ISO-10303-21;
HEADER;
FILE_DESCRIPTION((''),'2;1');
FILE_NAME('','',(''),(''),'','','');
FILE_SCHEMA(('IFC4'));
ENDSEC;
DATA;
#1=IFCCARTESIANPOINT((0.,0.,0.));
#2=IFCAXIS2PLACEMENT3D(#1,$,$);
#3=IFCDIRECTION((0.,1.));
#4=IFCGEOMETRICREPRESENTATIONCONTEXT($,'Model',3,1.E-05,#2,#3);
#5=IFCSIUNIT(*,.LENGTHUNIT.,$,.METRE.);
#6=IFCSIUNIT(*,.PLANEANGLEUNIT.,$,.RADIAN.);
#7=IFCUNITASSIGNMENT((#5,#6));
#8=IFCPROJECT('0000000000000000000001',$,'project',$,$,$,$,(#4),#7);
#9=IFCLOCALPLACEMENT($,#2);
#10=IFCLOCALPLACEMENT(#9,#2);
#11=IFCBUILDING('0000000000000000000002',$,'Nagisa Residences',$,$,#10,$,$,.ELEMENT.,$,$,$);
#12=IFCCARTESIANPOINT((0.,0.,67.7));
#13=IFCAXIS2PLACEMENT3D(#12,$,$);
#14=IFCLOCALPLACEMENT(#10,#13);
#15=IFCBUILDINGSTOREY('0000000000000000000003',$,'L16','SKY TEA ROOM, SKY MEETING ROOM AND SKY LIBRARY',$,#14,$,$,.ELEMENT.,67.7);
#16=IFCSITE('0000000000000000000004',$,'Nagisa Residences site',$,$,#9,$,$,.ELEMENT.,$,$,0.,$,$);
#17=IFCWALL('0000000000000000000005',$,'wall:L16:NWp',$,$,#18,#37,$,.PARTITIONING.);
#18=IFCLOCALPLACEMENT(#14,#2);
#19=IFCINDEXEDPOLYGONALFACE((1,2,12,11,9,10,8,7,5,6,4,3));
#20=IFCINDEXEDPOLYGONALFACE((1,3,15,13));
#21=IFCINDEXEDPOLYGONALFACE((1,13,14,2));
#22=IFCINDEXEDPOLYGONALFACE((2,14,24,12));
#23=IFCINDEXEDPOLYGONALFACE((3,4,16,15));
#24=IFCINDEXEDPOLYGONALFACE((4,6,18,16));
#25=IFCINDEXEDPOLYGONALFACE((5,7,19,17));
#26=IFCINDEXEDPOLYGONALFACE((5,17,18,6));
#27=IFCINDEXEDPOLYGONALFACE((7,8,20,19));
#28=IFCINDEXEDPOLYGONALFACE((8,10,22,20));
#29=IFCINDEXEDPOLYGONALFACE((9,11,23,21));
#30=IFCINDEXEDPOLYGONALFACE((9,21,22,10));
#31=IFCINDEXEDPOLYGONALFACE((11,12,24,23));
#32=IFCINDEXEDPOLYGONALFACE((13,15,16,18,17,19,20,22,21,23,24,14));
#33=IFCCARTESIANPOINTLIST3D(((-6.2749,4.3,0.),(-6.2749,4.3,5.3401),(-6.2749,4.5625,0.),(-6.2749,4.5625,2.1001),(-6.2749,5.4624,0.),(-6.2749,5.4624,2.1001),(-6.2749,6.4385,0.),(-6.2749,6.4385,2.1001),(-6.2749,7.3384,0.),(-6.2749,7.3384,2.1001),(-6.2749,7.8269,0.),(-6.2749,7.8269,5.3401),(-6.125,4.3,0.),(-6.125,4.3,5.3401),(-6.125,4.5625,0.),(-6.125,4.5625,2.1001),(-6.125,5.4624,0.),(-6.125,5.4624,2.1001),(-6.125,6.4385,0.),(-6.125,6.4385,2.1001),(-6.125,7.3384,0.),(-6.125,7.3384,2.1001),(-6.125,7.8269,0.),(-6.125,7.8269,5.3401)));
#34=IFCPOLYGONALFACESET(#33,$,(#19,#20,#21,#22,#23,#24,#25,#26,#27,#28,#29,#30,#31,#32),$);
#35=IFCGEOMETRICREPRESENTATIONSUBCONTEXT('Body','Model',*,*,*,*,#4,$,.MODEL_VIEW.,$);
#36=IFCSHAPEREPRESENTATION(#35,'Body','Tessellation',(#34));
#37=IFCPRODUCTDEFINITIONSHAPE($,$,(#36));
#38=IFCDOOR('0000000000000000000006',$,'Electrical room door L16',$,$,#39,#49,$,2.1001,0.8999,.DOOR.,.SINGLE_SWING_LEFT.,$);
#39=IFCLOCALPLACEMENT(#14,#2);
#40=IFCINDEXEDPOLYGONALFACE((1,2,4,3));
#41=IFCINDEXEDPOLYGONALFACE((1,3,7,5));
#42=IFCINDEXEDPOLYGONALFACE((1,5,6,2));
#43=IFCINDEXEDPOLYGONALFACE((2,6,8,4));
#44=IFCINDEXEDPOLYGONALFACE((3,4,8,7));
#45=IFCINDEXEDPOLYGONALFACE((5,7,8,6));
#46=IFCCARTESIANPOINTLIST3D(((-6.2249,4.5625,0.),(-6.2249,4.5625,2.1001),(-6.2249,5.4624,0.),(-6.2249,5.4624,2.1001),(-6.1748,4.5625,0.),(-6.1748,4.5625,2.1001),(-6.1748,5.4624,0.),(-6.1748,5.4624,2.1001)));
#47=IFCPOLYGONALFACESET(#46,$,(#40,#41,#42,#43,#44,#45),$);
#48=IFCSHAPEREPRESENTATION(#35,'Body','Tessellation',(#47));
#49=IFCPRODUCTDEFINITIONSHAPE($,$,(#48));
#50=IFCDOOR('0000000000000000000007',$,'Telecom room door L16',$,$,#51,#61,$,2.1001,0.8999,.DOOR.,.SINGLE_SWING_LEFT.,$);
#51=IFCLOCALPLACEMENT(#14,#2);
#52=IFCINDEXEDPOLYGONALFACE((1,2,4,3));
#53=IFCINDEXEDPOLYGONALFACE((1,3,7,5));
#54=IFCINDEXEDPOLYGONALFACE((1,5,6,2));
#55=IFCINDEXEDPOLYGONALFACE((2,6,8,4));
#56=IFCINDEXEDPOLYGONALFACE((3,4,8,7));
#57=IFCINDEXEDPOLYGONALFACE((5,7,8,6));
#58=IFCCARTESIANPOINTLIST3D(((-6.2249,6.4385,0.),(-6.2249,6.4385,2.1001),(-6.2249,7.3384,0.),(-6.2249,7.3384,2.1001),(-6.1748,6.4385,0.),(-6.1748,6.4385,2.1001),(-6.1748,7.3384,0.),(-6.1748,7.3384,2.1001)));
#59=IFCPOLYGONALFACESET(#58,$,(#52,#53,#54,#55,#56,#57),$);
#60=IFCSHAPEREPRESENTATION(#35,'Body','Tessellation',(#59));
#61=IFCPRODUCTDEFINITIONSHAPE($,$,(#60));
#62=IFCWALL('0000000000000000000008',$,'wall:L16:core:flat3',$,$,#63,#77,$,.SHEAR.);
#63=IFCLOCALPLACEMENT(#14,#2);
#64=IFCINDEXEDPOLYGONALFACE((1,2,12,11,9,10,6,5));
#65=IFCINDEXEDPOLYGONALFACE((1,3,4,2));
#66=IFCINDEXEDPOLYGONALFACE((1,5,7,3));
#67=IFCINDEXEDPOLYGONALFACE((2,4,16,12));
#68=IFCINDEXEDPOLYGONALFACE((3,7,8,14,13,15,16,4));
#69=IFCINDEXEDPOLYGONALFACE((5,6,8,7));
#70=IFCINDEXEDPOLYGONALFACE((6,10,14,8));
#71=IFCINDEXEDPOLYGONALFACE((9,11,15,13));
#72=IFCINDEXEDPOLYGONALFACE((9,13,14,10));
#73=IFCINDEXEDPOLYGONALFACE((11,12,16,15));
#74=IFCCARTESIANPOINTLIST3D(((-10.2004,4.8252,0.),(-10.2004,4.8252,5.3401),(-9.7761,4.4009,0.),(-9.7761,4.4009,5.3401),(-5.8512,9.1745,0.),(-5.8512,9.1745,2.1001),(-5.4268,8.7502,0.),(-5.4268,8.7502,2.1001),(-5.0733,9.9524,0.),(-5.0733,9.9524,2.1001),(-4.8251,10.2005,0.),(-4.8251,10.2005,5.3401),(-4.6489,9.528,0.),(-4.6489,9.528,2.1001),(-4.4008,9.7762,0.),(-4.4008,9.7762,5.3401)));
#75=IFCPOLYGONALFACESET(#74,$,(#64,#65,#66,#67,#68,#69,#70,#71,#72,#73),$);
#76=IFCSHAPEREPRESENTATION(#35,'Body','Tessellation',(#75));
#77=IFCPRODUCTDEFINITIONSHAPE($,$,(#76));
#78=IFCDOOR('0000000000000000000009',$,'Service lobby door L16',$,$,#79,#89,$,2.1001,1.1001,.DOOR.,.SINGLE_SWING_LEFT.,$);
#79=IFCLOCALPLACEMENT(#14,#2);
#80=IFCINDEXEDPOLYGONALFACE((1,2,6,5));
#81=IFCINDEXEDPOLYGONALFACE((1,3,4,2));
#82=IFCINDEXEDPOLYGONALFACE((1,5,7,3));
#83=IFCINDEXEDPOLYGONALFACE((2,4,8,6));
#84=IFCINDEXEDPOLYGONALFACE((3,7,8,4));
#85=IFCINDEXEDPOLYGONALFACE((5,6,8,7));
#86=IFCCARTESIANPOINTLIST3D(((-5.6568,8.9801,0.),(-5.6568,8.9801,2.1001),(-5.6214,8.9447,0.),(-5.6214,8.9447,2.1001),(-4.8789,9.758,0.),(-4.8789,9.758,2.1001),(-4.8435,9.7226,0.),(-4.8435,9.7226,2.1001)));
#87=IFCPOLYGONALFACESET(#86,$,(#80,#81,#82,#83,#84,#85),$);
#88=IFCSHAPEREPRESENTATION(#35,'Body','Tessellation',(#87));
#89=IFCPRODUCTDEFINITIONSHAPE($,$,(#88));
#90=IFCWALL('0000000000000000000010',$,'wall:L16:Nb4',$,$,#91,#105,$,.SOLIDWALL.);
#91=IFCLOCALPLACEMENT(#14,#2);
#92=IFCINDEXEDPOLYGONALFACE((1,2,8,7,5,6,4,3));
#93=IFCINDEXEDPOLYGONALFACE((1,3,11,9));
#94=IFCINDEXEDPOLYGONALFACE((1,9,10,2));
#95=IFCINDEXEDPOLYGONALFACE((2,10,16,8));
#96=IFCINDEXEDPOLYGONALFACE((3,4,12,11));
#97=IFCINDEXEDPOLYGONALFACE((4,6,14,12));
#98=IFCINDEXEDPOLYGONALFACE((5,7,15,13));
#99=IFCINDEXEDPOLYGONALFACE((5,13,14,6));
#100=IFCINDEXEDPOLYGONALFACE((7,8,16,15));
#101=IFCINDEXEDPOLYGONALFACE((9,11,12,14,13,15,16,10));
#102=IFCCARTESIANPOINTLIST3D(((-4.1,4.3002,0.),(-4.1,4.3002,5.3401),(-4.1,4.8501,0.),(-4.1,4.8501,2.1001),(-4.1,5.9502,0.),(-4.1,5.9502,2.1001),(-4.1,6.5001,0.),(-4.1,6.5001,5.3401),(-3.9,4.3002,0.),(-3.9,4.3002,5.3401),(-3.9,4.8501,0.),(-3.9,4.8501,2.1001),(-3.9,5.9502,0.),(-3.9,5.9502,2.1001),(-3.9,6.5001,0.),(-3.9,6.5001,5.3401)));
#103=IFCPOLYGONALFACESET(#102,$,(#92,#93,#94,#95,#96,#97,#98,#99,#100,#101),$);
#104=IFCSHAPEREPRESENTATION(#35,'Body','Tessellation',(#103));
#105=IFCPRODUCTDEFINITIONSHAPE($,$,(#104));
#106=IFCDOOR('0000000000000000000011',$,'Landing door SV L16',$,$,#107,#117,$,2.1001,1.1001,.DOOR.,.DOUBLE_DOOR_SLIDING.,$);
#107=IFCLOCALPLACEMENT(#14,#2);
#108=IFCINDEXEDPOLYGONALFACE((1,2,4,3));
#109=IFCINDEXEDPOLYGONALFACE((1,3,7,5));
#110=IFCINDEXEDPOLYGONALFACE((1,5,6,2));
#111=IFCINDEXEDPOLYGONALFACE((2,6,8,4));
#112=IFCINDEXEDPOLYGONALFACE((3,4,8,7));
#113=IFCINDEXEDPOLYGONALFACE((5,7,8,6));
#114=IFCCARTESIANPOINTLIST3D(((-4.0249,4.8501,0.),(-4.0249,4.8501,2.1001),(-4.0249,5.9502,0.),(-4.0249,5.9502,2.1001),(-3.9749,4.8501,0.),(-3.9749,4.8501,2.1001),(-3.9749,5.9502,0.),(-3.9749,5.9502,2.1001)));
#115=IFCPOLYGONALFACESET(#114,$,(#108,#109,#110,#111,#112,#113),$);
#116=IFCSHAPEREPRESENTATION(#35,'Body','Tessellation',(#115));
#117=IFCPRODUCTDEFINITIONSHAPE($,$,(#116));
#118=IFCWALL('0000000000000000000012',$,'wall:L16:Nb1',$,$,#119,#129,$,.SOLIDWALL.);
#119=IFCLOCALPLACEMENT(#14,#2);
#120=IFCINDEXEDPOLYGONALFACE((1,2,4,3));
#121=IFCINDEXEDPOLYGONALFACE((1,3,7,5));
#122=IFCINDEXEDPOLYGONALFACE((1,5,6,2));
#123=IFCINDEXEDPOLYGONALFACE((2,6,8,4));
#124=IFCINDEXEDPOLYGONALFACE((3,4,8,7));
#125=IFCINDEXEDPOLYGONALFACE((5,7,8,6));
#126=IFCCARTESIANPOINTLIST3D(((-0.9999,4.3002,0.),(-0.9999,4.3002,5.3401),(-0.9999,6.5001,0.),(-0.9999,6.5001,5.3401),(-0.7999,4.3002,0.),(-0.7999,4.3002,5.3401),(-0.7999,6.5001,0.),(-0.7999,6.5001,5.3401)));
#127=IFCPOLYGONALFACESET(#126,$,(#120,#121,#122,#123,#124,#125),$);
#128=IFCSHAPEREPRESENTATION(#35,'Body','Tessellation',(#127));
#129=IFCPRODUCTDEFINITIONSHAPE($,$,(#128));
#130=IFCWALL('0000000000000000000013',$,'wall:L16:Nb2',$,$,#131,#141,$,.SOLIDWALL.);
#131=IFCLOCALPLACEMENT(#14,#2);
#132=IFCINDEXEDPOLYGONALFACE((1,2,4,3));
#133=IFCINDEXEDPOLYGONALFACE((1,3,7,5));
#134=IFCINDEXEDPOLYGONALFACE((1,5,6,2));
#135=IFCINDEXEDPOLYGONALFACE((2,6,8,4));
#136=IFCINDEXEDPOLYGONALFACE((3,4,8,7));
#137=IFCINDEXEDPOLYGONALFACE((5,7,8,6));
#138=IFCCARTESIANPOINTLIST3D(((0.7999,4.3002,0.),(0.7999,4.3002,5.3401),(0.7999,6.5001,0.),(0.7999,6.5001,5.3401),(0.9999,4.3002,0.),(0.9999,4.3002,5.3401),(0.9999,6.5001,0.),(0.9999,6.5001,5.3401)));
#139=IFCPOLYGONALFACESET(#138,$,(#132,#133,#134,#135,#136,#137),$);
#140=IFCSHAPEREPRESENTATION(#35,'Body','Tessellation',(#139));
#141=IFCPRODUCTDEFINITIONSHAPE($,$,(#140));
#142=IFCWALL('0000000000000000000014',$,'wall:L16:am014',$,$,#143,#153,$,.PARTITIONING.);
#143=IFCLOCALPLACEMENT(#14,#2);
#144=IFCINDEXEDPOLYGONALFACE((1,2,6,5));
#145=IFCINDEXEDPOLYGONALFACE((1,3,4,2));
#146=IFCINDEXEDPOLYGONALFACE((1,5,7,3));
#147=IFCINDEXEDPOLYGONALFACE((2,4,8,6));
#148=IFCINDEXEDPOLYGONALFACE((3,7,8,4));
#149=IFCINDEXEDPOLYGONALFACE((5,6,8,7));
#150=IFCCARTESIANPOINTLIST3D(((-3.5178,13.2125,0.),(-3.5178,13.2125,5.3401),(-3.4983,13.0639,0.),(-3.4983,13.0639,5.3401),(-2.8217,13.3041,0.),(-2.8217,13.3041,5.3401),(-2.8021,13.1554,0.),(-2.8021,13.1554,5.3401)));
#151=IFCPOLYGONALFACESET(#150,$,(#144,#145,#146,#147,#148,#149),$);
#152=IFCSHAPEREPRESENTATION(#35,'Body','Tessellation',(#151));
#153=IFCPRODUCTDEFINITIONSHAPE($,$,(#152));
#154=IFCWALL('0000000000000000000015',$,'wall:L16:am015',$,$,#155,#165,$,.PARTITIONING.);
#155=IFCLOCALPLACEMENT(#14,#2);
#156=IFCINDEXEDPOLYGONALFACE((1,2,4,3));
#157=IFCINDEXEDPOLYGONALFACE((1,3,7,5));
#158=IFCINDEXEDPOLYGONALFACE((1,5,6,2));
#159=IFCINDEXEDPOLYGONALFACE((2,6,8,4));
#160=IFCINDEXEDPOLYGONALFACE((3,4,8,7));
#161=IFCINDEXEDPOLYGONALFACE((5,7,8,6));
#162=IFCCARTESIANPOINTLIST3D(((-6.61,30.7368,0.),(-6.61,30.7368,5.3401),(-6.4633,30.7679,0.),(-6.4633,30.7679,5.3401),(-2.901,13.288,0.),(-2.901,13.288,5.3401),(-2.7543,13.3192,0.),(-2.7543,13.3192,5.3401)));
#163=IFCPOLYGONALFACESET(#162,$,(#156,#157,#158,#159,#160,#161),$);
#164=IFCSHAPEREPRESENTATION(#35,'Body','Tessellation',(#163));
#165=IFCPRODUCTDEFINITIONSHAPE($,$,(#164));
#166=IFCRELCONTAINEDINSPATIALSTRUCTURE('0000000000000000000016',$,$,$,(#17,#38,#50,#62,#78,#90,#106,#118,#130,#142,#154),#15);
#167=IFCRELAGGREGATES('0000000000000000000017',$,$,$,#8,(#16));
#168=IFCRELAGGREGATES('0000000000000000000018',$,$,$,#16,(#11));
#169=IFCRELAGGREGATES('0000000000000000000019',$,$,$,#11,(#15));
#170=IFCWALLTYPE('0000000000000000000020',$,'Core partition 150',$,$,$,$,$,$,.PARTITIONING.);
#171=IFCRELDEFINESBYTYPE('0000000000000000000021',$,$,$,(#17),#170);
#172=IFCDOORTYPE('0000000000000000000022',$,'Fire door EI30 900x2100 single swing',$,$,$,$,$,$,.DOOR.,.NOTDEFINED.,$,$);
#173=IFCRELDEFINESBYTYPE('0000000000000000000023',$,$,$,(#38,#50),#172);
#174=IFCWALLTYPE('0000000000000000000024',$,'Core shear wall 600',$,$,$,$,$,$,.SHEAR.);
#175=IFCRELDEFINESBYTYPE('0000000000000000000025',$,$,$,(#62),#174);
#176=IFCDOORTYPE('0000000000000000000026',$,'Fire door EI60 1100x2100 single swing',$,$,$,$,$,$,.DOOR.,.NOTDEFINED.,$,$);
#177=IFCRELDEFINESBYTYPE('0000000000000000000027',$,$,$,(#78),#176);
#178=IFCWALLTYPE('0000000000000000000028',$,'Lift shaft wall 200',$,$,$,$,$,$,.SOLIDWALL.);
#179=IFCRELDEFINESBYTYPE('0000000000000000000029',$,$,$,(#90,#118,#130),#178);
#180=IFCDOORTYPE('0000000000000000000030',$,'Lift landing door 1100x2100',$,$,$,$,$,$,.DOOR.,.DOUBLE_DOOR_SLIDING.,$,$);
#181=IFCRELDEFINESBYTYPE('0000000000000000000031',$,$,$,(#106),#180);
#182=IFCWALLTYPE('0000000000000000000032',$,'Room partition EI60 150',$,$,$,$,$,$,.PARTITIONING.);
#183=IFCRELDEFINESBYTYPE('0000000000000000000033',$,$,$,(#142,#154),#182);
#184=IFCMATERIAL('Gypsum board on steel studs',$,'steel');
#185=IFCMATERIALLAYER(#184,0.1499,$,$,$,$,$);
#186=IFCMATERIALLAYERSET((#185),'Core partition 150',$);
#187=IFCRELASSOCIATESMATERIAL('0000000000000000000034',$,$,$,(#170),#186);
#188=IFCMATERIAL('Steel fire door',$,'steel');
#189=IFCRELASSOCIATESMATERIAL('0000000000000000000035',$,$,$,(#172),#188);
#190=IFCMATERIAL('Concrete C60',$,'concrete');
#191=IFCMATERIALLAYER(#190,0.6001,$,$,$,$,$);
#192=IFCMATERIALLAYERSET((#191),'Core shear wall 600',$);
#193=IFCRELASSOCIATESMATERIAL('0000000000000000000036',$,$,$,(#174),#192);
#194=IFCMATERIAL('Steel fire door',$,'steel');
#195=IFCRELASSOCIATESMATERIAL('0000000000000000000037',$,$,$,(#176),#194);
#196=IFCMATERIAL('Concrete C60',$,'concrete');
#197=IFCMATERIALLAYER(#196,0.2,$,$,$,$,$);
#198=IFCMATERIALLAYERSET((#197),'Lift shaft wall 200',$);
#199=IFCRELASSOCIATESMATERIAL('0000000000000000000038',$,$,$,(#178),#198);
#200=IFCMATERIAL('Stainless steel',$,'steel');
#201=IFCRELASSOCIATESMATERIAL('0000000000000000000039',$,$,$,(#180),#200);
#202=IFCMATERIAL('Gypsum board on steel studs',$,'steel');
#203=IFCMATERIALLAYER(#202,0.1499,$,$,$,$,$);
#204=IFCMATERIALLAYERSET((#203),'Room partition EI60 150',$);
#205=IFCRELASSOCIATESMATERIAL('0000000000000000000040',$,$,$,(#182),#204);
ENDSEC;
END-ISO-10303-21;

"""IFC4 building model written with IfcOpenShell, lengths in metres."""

from ifc_helpers import new_model, si_unit, direction, frame, frame_2d, origin, place, context, subcontext, project, spatial, rectangle, extrude, material, layer, layer_set, type_object, element, fill, save


model = new_model("IFC4")

# Units and contexts
model_context = context("Model", 3, precision=1e-05, world=origin(), true_north=direction((0.0, 1.0)))
body_context = subcontext(model_context, "Body", "Model", "MODEL_VIEW")
ifc_project = project(units=[si_unit("LENGTHUNIT", "METRE"), si_unit("PLANEANGLEUNIT", "RADIAN")], contexts=[model_context])

# Site, building, storey
site_placement = place(None, origin())
site = spatial("IfcSite", under=ifc_project, at=site_placement, Name="Nagisa Residences site", CompositionType="ELEMENT", RefElevation=0.0)
building_placement = place(site_placement, origin())
building = spatial("IfcBuilding", under=site, at=building_placement, Name="Nagisa Residences", CompositionType="ELEMENT")
storey_placement = place(building_placement, frame((0.0, 0.0, 67.7)))
storey = spatial("IfcBuildingStorey", under=building, at=storey_placement, Name="L16", Description="SKY TEA ROOM, SKY MEETING ROOM AND SKY LIBRARY", CompositionType="ELEMENT", Elevation=67.7)

# Wall, openings, doors
ifc_material_1 = material(Name="Gypsum board on steel studs", Category="steel")
ifc_layer_1 = layer(ifc_material_1, 0.1499)
ifc_layer_set_1 = layer_set([ifc_layer_1], Name="Core partition 150")
wall_type_1 = type_object("IfcWallType", Name="Core partition 150", PredefinedType="PARTITIONING", material=ifc_layer_set_1)
wall_1_placement = place(storey_placement, frame((-6.2, 4.3, 0.0), z_axis=(0.0, 0.0, 1.0), x_axis=(0.0, 1.0, 0.0)))
wall_1 = element("IfcWall", 1, at=wall_1_placement, inside=storey, type_object=wall_type_1, Name="wall:L16:NWp", PredefinedType="PARTITIONING", context=body_context, shape_type="SweptSolid", body=[
    extrude(rectangle(XDim=3.5269, YDim=0.1499, at=frame_2d((1.7634, 0.0))), origin(), (0.0, 0.0, 1.0), 5.3401),
])
opening_1_placement = place(wall_1_placement, frame((0.2625, 0.0, 0.0)))
opening_1 = element("IfcOpeningElement", 2, at=opening_1_placement, cuts=wall_1, PredefinedType="OPENING", context=body_context, shape_type="SweptSolid", body=[
    extrude(rectangle(XDim=0.8999, YDim=2.1001, at=frame_2d((0.45, 1.05))), frame((0.0, 0.085, 0.0), z_axis=(0.0, -1.0, 0.0), x_axis=(1.0, 0.0, 0.0)), (0.0, 0.0, 1.0), 0.1699),
])
opening_2_placement = place(wall_1_placement, frame((2.1384, 0.0, 0.0)))
opening_2 = element("IfcOpeningElement", 3, at=opening_2_placement, cuts=wall_1, PredefinedType="OPENING", context=body_context, shape_type="SweptSolid", body=[
    extrude(rectangle(XDim=0.8999, YDim=2.1001, at=frame_2d((0.45, 1.05))), frame((0.0, 0.085, 0.0), z_axis=(0.0, -1.0, 0.0), x_axis=(1.0, 0.0, 0.0)), (0.0, 0.0, 1.0), 0.1699),
])
ifc_material_2 = material(Name="Steel fire door", Category="steel")
door_type_1 = type_object("IfcDoorType", Name="Fire door EI30 900x2100 single swing", OperationType="NOTDEFINED", PredefinedType="DOOR", material=ifc_material_2)
door_1_placement = place(opening_1_placement, origin())
door_1 = element("IfcDoor", 4, at=door_1_placement, inside=storey, type_object=door_type_1, Name="Electrical room door L16", OperationType="SINGLE_SWING_LEFT", OverallHeight=2.1001, OverallWidth=0.8999, PredefinedType="DOOR", context=body_context, shape_type="SweptSolid", body=[
    extrude(rectangle(XDim=0.8999, YDim=2.1001, at=frame_2d((0.45, 1.05))), frame((0.0, 0.0249, 0.0), z_axis=(0.0, -1.0, 0.0), x_axis=(1.0, 0.0, 0.0)), (0.0, 0.0, 1.0), 0.05),
])
fill(opening_1, door_1)
door_2_placement = place(opening_2_placement, origin())
door_2 = element("IfcDoor", 5, at=door_2_placement, inside=storey, type_object=door_type_1, Name="Telecom room door L16", OperationType="SINGLE_SWING_LEFT", OverallHeight=2.1001, OverallWidth=0.8999, PredefinedType="DOOR", context=body_context, shape_type="SweptSolid", body=[
    extrude(rectangle(XDim=0.8999, YDim=2.1001, at=frame_2d((0.45, 1.05))), frame((0.0, 0.0249, 0.0), z_axis=(0.0, -1.0, 0.0), x_axis=(1.0, 0.0, 0.0)), (0.0, 0.0, 1.0), 0.05),
])
fill(opening_2, door_2)

# Walls, openings, doors
ifc_material_3 = material(Name="Concrete C60", Category="concrete")
ifc_layer_2 = layer(ifc_material_3, 0.6001)
ifc_layer_set_2 = layer_set([ifc_layer_2], Name="Core shear wall 600")
wall_type_2 = type_object("IfcWallType", Name="Core shear wall 600", PredefinedType="SHEAR", material=ifc_layer_set_2)
wall_2_placement = place(storey_placement, frame((-4.613, 9.9883, 0.0), z_axis=(0.0, 0.0, 1.0), x_axis=(-0.707107, -0.707107, 0.0)))
wall_2 = element("IfcWall", 6, at=wall_2_placement, inside=storey, type_object=wall_type_2, Name="wall:L16:core:flat3", PredefinedType="SHEAR", context=body_context, shape_type="SweptSolid", body=[
    extrude(rectangle(XDim=7.6018, YDim=0.6001, at=frame_2d((3.8008, 0.0))), origin(), (0.0, 0.0, 1.0), 5.3401),
])
opening_3_placement = place(wall_2_placement, frame((0.3508, 0.0, 0.0)))
opening_3 = element("IfcOpeningElement", 7, at=opening_3_placement, cuts=wall_2, PredefinedType="OPENING", context=body_context, shape_type="SweptSolid", body=[
    extrude(rectangle(XDim=1.1001, YDim=2.1001, at=frame_2d((0.55, 1.05))), frame((0.0, 0.3101, 0.0), z_axis=(0.0, -1.0, 0.0), x_axis=(1.0, 0.0, 0.0)), (0.0, 0.0, 1.0), 0.6201),
])
ifc_material_4 = material(Name="Steel fire door", Category="steel")
door_type_2 = type_object("IfcDoorType", Name="Fire door EI60 1100x2100 single swing", OperationType="NOTDEFINED", PredefinedType="DOOR", material=ifc_material_4)
door_3_placement = place(opening_3_placement, origin())
door_3 = element("IfcDoor", 8, at=door_3_placement, inside=storey, type_object=door_type_2, Name="Service lobby door L16", OperationType="SINGLE_SWING_LEFT", OverallHeight=2.1001, OverallWidth=1.1001, PredefinedType="DOOR", context=body_context, shape_type="SweptSolid", body=[
    extrude(rectangle(XDim=1.1001, YDim=2.1001, at=frame_2d((0.55, 1.05))), frame((0.0, 0.0249, 0.0), z_axis=(0.0, -1.0, 0.0), x_axis=(1.0, 0.0, 0.0)), (0.0, 0.0, 1.0), 0.05),
])
fill(opening_3, door_3)
ifc_material_5 = material(Name="Concrete C60", Category="concrete")
ifc_layer_3 = layer(ifc_material_5, 0.2)
ifc_layer_set_3 = layer_set([ifc_layer_3], Name="Lift shaft wall 200")
wall_type_3 = type_object("IfcWallType", Name="Lift shaft wall 200", PredefinedType="SOLIDWALL", material=ifc_layer_set_3)
wall_3_placement = place(storey_placement, frame((-4.0, 4.3, 0.0), z_axis=(0.0, 0.0, 1.0), x_axis=(0.0, 1.0, 0.0)))
wall_3 = element("IfcWall", 9, at=wall_3_placement, inside=storey, type_object=wall_type_3, Name="wall:L16:Nb4", PredefinedType="SOLIDWALL", context=body_context, shape_type="SweptSolid", body=[
    extrude(rectangle(XDim=2.2, YDim=0.2, at=frame_2d((1.1001, 0.0))), origin(), (0.0, 0.0, 1.0), 5.3401),
])
opening_4_placement = place(wall_3_placement, frame((0.55, 0.0, 0.0)))
opening_4 = element("IfcOpeningElement", 10, at=opening_4_placement, cuts=wall_3, PredefinedType="OPENING", context=body_context, shape_type="SweptSolid", body=[
    extrude(rectangle(XDim=1.1001, YDim=2.1001, at=frame_2d((0.55, 1.05))), frame((0.0, 0.1099, 0.0), z_axis=(0.0, -1.0, 0.0), x_axis=(1.0, 0.0, 0.0)), (0.0, 0.0, 1.0), 0.22),
])
ifc_material_6 = material(Name="Stainless steel", Category="steel")
door_type_3 = type_object("IfcDoorType", Name="Lift landing door 1100x2100", OperationType="DOUBLE_DOOR_SLIDING", PredefinedType="DOOR", material=ifc_material_6)
door_4_placement = place(opening_4_placement, origin())
door_4 = element("IfcDoor", 11, at=door_4_placement, inside=storey, type_object=door_type_3, Name="Landing door SV L16", OperationType="DOUBLE_DOOR_SLIDING", OverallHeight=2.1001, OverallWidth=1.1001, PredefinedType="DOOR", context=body_context, shape_type="SweptSolid", body=[
    extrude(rectangle(XDim=1.1001, YDim=2.1001, at=frame_2d((0.55, 1.05))), frame((0.0, 0.0249, 0.0), z_axis=(0.0, -1.0, 0.0), x_axis=(1.0, 0.0, 0.0)), (0.0, 0.0, 1.0), 0.05),
])
fill(opening_4, door_4)

# Walls
for number, where, z_axis, x_axis, name in (
    (12, (-0.8999, 4.3, 0.0), (0.0, 0.0, 1.0), (0.0, 1.0, 0.0), "wall:L16:Nb1"),
    (13, (0.8999, 4.3, 0.0), (0.0, 0.0, 1.0), (0.0, 1.0, 0.0), "wall:L16:Nb2"),
):
    element("IfcWall", number, at=place(storey_placement, frame(where, z_axis=z_axis, x_axis=x_axis)), inside=storey, type_object=wall_type_3, Name=name, PredefinedType="SOLIDWALL", context=body_context, shape_type="SweptSolid", body=[
        extrude(rectangle(XDim=2.2, YDim=0.2, at=frame_2d((1.1001, 0.0))), origin(), (0.0, 0.0, 1.0), 5.3401),
    ])
ifc_material_7 = material(Name="Gypsum board on steel studs", Category="steel")
ifc_layer_4 = layer(ifc_material_7, 0.1499)
ifc_layer_set_4 = layer_set([ifc_layer_4], Name="Room partition EI60 150")
wall_type_4 = type_object("IfcWallType", Name="Room partition EI60 150", PredefinedType="PARTITIONING", material=ifc_layer_set_4)
wall_4_placement = place(storey_placement, frame((-3.5081, 13.1382, 0.0), z_axis=(0.0, 0.0, 1.0), x_axis=(0.99146, 0.13041, 0.0)))
element("IfcWall", 14, at=wall_4_placement, inside=storey, type_object=wall_type_4, Name="wall:L16:am014", PredefinedType="PARTITIONING", context=body_context, shape_type="SweptSolid", body=[
    extrude(rectangle(XDim=0.7021, YDim=0.1499, at=frame_2d((0.3511, 0.0))), origin(), (0.0, 0.0, 1.0), 5.3401),
])
wall_5_placement = place(storey_placement, frame((-2.8276, 13.3035, 0.0), z_axis=(0.0, 0.0, 1.0), x_axis=(-0.207919, 0.978146, 0.0)))
element("IfcWall", 15, at=wall_5_placement, inside=storey, type_object=wall_type_4, Name="wall:L16:am015", PredefinedType="PARTITIONING", context=body_context, shape_type="SweptSolid", body=[
    extrude(rectangle(XDim=17.8386, YDim=0.1499, at=frame_2d((8.9194, 0.0))), origin(), (0.0, 0.0, 1.0), 5.3401),
])

save(model, "model.ifc")
